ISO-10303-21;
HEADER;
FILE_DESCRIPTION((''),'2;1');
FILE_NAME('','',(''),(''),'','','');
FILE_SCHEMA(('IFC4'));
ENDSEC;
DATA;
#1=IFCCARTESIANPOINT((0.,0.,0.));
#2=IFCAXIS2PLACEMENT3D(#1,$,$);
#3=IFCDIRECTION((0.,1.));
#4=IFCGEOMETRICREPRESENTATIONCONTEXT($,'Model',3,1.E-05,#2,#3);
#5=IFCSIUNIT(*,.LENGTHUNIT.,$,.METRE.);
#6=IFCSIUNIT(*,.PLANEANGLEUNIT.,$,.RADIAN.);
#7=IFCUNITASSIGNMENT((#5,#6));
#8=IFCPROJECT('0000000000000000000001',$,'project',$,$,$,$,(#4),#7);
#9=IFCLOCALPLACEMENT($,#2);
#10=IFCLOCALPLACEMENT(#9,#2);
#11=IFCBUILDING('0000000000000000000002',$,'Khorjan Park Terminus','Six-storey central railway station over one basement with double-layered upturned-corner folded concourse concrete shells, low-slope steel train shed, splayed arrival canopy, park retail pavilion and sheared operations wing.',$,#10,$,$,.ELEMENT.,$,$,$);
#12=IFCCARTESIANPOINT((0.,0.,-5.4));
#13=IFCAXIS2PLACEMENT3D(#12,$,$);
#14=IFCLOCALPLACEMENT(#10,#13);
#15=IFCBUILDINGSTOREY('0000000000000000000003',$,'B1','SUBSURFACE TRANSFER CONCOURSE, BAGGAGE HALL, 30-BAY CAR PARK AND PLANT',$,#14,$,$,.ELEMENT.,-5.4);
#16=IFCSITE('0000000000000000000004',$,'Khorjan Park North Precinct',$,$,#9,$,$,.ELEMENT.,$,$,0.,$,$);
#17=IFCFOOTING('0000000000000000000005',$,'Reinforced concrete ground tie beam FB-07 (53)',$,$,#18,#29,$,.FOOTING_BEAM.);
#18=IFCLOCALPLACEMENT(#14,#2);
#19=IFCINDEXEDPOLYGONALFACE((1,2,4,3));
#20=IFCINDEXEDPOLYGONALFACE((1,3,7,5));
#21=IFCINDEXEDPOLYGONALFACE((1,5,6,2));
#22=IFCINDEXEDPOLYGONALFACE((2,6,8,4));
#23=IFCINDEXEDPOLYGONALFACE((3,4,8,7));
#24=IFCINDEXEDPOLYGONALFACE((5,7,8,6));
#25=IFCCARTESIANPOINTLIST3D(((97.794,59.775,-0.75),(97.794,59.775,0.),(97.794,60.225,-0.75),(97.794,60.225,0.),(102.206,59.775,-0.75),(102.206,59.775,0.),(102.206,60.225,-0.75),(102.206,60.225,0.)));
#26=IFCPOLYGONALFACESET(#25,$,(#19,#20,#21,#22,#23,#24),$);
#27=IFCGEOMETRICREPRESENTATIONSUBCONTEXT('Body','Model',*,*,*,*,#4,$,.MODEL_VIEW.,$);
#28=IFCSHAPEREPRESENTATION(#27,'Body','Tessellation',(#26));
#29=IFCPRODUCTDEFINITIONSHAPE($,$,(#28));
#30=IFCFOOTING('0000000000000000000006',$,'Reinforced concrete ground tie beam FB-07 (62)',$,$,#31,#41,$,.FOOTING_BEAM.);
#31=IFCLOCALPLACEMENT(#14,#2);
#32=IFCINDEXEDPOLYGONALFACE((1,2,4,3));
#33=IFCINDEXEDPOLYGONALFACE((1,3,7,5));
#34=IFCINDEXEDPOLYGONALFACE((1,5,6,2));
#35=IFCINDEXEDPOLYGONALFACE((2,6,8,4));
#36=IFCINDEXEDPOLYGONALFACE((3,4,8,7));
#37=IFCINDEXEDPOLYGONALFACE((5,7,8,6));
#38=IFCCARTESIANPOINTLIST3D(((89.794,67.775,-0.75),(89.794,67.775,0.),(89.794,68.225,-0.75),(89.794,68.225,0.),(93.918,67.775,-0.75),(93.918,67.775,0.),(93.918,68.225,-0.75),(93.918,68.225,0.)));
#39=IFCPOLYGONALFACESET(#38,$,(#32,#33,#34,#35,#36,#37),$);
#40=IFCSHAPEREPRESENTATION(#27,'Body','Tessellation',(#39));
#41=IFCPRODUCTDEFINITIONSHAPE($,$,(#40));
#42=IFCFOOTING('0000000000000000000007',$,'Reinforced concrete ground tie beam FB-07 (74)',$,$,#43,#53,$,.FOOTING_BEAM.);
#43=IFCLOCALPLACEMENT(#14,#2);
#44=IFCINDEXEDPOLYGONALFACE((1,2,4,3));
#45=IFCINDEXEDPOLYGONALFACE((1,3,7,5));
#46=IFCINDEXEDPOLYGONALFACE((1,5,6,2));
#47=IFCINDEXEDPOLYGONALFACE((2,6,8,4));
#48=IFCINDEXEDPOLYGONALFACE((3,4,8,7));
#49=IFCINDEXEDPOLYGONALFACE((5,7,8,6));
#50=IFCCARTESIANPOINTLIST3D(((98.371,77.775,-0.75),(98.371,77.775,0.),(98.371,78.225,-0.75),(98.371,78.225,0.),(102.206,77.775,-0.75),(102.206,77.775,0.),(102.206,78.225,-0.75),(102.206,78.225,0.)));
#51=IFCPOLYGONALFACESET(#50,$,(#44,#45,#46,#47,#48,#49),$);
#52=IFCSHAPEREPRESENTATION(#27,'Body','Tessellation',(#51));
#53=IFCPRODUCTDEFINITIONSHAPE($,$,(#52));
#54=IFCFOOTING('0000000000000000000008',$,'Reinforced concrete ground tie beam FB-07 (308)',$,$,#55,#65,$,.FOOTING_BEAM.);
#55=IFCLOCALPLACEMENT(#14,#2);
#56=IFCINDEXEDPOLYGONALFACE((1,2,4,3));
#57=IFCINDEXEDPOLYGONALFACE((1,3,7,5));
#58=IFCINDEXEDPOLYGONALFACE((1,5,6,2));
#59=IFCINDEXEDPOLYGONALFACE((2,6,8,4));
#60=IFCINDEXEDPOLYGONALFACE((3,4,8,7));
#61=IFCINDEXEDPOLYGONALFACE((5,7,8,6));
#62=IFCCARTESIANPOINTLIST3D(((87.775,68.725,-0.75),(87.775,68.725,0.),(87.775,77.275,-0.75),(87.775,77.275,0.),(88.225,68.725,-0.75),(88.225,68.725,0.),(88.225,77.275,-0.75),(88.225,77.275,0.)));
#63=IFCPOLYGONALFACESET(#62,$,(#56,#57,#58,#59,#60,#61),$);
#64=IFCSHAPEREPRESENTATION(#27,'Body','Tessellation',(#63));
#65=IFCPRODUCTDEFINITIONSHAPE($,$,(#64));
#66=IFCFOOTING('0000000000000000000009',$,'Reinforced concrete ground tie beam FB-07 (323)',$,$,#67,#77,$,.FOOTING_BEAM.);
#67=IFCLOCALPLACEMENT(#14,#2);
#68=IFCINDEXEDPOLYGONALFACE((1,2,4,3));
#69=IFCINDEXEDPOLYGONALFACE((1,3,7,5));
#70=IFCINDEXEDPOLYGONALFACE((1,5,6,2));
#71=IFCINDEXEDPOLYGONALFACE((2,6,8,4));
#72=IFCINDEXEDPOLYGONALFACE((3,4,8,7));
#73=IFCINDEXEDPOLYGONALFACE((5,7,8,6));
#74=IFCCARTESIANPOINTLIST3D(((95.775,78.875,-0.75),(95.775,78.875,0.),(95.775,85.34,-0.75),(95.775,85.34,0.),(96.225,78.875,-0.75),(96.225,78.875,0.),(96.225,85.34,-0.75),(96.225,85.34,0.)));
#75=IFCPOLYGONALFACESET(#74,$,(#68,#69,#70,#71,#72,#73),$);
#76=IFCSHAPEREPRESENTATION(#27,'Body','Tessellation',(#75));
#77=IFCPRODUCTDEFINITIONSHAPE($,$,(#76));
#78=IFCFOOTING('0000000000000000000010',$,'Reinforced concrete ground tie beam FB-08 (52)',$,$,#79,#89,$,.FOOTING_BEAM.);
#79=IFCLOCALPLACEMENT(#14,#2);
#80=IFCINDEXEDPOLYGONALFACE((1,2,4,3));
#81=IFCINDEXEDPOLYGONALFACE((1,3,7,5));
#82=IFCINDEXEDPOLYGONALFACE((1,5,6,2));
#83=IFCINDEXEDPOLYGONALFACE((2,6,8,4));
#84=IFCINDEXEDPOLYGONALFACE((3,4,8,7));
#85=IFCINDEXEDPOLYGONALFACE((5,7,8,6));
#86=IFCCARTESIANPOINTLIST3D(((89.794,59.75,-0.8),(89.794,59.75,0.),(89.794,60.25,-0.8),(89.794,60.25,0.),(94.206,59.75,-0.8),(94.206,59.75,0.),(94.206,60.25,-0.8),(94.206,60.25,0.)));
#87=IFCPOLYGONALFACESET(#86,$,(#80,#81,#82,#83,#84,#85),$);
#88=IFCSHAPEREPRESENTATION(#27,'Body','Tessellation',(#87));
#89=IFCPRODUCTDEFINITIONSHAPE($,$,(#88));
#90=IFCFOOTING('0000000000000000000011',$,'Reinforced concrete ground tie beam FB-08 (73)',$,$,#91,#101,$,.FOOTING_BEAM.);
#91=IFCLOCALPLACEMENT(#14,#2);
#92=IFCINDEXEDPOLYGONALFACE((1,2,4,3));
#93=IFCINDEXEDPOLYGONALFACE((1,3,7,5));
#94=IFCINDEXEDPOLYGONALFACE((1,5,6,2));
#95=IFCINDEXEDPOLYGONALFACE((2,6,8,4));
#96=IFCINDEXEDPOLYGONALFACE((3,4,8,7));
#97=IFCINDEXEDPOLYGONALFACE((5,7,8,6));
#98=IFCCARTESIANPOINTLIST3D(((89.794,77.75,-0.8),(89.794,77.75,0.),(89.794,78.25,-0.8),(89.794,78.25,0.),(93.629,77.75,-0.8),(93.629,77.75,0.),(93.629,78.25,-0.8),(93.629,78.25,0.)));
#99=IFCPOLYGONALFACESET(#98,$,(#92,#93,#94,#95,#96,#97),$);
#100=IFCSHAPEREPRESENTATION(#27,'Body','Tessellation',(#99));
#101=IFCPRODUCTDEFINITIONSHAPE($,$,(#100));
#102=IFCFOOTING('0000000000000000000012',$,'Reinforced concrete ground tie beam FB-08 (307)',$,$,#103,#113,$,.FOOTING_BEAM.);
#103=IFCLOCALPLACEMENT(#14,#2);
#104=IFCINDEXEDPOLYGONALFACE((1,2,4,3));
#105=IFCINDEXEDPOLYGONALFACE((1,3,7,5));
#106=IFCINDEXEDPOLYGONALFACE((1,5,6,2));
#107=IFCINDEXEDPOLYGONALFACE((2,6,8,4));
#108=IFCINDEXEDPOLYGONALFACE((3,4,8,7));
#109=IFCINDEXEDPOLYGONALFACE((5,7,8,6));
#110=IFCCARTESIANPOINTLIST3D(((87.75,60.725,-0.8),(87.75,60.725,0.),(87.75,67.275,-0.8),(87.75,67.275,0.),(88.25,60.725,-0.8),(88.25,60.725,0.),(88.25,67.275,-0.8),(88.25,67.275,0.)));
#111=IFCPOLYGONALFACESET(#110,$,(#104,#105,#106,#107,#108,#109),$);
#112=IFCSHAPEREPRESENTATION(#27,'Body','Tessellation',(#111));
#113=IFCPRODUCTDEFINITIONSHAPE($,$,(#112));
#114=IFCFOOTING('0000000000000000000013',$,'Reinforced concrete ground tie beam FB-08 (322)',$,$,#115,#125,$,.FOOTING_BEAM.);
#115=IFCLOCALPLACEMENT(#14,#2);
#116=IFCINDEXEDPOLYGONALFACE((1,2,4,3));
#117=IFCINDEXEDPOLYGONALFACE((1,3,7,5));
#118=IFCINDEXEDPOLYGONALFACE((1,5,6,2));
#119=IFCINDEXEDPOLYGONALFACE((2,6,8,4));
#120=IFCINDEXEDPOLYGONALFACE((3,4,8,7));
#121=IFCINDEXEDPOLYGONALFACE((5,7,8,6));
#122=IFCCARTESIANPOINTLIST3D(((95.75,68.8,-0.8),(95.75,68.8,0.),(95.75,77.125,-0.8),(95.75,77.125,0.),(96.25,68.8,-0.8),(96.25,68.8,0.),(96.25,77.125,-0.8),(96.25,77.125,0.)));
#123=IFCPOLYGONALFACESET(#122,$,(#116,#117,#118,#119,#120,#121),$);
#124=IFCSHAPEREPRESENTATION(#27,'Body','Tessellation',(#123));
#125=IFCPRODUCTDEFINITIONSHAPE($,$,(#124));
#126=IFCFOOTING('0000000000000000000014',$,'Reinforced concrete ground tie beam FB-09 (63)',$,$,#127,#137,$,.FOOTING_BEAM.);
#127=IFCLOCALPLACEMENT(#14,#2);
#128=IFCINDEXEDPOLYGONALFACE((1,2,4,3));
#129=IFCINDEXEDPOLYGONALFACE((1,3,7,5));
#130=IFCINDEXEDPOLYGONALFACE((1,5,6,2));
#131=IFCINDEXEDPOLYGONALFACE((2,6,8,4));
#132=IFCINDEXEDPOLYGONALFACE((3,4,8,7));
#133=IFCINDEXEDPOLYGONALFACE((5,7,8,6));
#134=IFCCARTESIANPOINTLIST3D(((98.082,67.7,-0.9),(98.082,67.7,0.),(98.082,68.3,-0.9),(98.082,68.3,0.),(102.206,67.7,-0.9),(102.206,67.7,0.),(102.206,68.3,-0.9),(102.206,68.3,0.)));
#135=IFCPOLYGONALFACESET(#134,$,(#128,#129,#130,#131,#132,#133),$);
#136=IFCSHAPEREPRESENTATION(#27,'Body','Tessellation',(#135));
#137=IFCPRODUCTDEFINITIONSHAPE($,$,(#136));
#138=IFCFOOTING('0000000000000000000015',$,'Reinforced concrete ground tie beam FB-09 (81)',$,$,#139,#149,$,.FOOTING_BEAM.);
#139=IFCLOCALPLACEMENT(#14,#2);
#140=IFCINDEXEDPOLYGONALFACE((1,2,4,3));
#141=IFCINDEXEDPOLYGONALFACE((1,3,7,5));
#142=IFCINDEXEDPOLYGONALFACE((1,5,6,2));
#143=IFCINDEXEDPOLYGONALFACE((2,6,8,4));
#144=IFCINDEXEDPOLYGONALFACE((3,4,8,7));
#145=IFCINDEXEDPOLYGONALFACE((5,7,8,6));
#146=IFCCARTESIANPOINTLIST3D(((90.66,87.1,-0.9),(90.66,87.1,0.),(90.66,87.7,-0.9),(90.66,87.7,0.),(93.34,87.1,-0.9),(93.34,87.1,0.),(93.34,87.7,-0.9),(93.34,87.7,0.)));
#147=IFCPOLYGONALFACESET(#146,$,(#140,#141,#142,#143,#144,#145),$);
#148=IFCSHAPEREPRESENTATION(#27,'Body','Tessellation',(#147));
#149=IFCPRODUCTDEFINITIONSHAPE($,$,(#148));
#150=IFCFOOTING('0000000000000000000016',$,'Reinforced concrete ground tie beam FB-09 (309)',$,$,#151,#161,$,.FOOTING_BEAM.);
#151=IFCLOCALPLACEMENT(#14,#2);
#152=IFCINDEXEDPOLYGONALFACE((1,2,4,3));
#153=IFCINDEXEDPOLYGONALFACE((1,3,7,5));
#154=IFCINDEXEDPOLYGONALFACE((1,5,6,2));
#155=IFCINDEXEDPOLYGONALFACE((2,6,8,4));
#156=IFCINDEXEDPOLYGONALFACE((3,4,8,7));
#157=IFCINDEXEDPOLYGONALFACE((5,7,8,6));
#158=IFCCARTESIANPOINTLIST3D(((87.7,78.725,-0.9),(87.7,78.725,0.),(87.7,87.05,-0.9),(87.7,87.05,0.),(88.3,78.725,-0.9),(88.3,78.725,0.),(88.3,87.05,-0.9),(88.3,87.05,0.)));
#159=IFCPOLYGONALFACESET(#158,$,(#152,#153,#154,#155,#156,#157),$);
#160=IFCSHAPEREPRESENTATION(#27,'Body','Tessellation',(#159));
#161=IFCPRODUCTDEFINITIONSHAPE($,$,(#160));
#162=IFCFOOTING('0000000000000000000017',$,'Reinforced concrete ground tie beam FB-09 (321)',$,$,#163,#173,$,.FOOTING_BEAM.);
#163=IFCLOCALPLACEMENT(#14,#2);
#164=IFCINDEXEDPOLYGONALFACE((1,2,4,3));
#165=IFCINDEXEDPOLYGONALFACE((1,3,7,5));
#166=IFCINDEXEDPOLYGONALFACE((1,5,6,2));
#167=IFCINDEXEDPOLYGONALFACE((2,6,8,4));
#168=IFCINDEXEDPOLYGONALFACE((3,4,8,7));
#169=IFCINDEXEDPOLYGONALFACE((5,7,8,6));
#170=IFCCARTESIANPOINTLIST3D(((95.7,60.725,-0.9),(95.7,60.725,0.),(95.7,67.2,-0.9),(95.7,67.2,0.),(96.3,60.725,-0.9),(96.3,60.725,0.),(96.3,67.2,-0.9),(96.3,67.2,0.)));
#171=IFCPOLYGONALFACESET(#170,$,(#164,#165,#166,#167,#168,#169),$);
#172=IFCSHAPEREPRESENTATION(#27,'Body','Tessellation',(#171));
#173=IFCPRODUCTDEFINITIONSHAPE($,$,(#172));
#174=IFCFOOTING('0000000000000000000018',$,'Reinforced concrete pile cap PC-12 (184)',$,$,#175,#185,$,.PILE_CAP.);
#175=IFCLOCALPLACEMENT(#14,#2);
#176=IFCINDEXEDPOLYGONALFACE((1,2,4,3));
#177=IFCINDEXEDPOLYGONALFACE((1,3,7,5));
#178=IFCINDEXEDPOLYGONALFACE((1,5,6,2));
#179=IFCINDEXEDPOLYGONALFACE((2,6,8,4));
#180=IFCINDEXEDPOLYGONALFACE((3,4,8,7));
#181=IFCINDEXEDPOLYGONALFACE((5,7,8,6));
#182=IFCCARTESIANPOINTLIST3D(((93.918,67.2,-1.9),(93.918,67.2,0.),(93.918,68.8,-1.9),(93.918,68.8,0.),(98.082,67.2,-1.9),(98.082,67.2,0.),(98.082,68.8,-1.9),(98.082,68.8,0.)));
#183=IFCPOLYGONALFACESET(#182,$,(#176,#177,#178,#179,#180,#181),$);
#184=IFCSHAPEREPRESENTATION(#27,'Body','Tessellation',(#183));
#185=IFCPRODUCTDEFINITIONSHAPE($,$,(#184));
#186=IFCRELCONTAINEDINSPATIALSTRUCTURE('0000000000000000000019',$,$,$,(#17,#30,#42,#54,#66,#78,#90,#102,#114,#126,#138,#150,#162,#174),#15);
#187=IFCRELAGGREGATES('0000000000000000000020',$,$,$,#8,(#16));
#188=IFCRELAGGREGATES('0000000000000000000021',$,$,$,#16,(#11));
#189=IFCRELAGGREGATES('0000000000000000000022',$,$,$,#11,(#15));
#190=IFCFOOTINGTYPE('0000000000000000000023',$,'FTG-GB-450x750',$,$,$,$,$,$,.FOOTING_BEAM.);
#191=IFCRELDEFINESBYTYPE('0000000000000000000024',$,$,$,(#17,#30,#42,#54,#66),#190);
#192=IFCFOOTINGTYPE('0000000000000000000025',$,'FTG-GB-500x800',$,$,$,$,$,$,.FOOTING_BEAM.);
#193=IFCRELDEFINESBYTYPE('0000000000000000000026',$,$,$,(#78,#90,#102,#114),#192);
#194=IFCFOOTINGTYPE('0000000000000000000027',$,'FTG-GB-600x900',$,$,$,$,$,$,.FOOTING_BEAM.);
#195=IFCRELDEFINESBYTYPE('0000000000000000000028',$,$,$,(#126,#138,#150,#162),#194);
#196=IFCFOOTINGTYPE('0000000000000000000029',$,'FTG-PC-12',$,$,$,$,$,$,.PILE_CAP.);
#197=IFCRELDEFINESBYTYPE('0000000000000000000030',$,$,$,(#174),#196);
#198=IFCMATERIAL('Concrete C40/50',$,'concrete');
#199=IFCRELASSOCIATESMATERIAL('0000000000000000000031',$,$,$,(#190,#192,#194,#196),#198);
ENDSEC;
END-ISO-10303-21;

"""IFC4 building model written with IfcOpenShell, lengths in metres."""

from ifc_helpers import new_model, si_unit, direction, frame, origin, origin_2d, place, context, subcontext, project, spatial, rectangle, extrude, material, material_profile, profile_set, type_object, element, save


model = new_model("IFC4")

# Units and contexts
model_context = context("Model", 3, precision=1e-05, world=origin(), true_north=direction((0.0, 1.0)))
body_context = subcontext(model_context, "Body", "Model", "MODEL_VIEW")
ifc_project = project(units=[si_unit("LENGTHUNIT", "METRE"), si_unit("PLANEANGLEUNIT", "RADIAN")], contexts=[model_context])

# Site, building, storey
site_placement = place(None, origin())
site = spatial("IfcSite", under=ifc_project, at=site_placement, Name="Khorjan Park North Precinct", CompositionType="ELEMENT", RefElevation=0.0)
building_placement = place(site_placement, origin())
building = spatial("IfcBuilding", under=site, at=building_placement, Name="Khorjan Park Terminus", Description="Six-storey central railway station over one basement with double-layered upturned-corner folded concourse concrete shells, low-slope steel train shed, splayed arrival canopy, park retail pavilion and sheared operations wing.", CompositionType="ELEMENT")
storey_placement = place(building_placement, frame((0.0, 0.0, -5.4)))
storey = spatial("IfcBuildingStorey", under=building, at=storey_placement, Name="B1", Description="SUBSURFACE TRANSFER CONCOURSE, BAGGAGE HALL, 30-BAY CAR PARK AND PLANT", CompositionType="ELEMENT", Elevation=-5.4)

# Footings
ifc_material_1 = material(Name="Concrete C40/50", Category="concrete")
ifc_material_profile_1 = material_profile(ifc_material_1, rectangle(XDim=0.45, YDim=0.75, at=origin_2d()), Name="RC 450x750")
ifc_profile_set_1 = profile_set([ifc_material_profile_1], Name="Concrete C40/50")
footing_type_1 = type_object("IfcFootingType", Name="FTG-GB-450x750", PredefinedType="FOOTING_BEAM", material=ifc_profile_set_1)
footing_1_placement = place(storey_placement, frame((97.794, 60.0, -0.375), z_axis=(1.0, 0.0, 0.0), x_axis=(0.0, 1.0, 0.0)))
element("IfcFooting", 1, at=footing_1_placement, inside=storey, type_object=footing_type_1, Name="Reinforced concrete ground tie beam FB-07 (53)", PredefinedType="FOOTING_BEAM", context=body_context, shape_type="SweptSolid", body=[
    extrude(rectangle(XDim=0.45, YDim=0.75, at=origin_2d()), origin(), (0.0, 0.0, 1.0), 4.412),
])
footing_2_placement = place(storey_placement, frame((89.794, 68.0, -0.375), z_axis=(1.0, 0.0, 0.0), x_axis=(0.0, 1.0, 0.0)))
element("IfcFooting", 2, at=footing_2_placement, inside=storey, type_object=footing_type_1, Name="Reinforced concrete ground tie beam FB-07 (62)", PredefinedType="FOOTING_BEAM", context=body_context, shape_type="SweptSolid", body=[
    extrude(rectangle(XDim=0.45, YDim=0.75, at=origin_2d()), origin(), (0.0, 0.0, 1.0), 4.124),
])
footing_3_placement = place(storey_placement, frame((98.371, 78.0, -0.375), z_axis=(1.0, 0.0, 0.0), x_axis=(0.0, 1.0, 0.0)))
element("IfcFooting", 3, at=footing_3_placement, inside=storey, type_object=footing_type_1, Name="Reinforced concrete ground tie beam FB-07 (74)", PredefinedType="FOOTING_BEAM", context=body_context, shape_type="SweptSolid", body=[
    extrude(rectangle(XDim=0.45, YDim=0.75, at=origin_2d()), origin(), (0.0, 0.0, 1.0), 3.835),
])
footing_4_placement = place(storey_placement, frame((88.0, 68.725, -0.375), z_axis=(0.0, 1.0, 0.0), x_axis=(-1.0, 0.0, 0.0)))
element("IfcFooting", 4, at=footing_4_placement, inside=storey, type_object=footing_type_1, Name="Reinforced concrete ground tie beam FB-07 (308)", PredefinedType="FOOTING_BEAM", context=body_context, shape_type="SweptSolid", body=[
    extrude(rectangle(XDim=0.45, YDim=0.75, at=origin_2d()), origin(), (0.0, 0.0, 1.0), 8.55),
])
footing_5_placement = place(storey_placement, frame((96.0, 78.875, -0.375), z_axis=(0.0, 1.0, 0.0), x_axis=(-1.0, 0.0, 0.0)))
element("IfcFooting", 5, at=footing_5_placement, inside=storey, type_object=footing_type_1, Name="Reinforced concrete ground tie beam FB-07 (323)", PredefinedType="FOOTING_BEAM", context=body_context, shape_type="SweptSolid", body=[
    extrude(rectangle(XDim=0.45, YDim=0.75, at=origin_2d()), origin(), (0.0, 0.0, 1.0), 6.465),
])
ifc_material_profile_2 = material_profile(ifc_material_1, rectangle(XDim=0.5, YDim=0.8, at=origin_2d()), Name="RC 500x800")
ifc_profile_set_2 = profile_set([ifc_material_profile_2], Name="Concrete C40/50")
footing_type_2 = type_object("IfcFootingType", Name="FTG-GB-500x800", PredefinedType="FOOTING_BEAM", material=ifc_profile_set_2)
footing_6_placement = place(storey_placement, frame((89.794, 60.0, -0.4), z_axis=(1.0, 0.0, 0.0), x_axis=(0.0, 1.0, 0.0)))
element("IfcFooting", 6, at=footing_6_placement, inside=storey, type_object=footing_type_2, Name="Reinforced concrete ground tie beam FB-08 (52)", PredefinedType="FOOTING_BEAM", context=body_context, shape_type="SweptSolid", body=[
    extrude(rectangle(XDim=0.5, YDim=0.8, at=origin_2d()), origin(), (0.0, 0.0, 1.0), 4.412),
])
footing_7_placement = place(storey_placement, frame((89.794, 78.0, -0.4), z_axis=(1.0, 0.0, 0.0), x_axis=(0.0, 1.0, 0.0)))
element("IfcFooting", 7, at=footing_7_placement, inside=storey, type_object=footing_type_2, Name="Reinforced concrete ground tie beam FB-08 (73)", PredefinedType="FOOTING_BEAM", context=body_context, shape_type="SweptSolid", body=[
    extrude(rectangle(XDim=0.5, YDim=0.8, at=origin_2d()), origin(), (0.0, 0.0, 1.0), 3.835),
])
footing_8_placement = place(storey_placement, frame((88.0, 60.725, -0.4), z_axis=(0.0, 1.0, 0.0), x_axis=(-1.0, 0.0, 0.0)))
element("IfcFooting", 8, at=footing_8_placement, inside=storey, type_object=footing_type_2, Name="Reinforced concrete ground tie beam FB-08 (307)", PredefinedType="FOOTING_BEAM", context=body_context, shape_type="SweptSolid", body=[
    extrude(rectangle(XDim=0.5, YDim=0.8, at=origin_2d()), origin(), (0.0, 0.0, 1.0), 6.55),
])
footing_9_placement = place(storey_placement, frame((96.0, 68.8, -0.4), z_axis=(0.0, 1.0, 0.0), x_axis=(-1.0, 0.0, 0.0)))
element("IfcFooting", 9, at=footing_9_placement, inside=storey, type_object=footing_type_2, Name="Reinforced concrete ground tie beam FB-08 (322)", PredefinedType="FOOTING_BEAM", context=body_context, shape_type="SweptSolid", body=[
    extrude(rectangle(XDim=0.5, YDim=0.8, at=origin_2d()), origin(), (0.0, 0.0, 1.0), 8.325),
])
ifc_material_profile_3 = material_profile(ifc_material_1, rectangle(XDim=0.6, YDim=0.9, at=origin_2d()), Name="RC 600x900")
ifc_profile_set_3 = profile_set([ifc_material_profile_3], Name="Concrete C40/50")
footing_type_3 = type_object("IfcFootingType", Name="FTG-GB-600x900", PredefinedType="FOOTING_BEAM", material=ifc_profile_set_3)
footing_10_placement = place(storey_placement, frame((98.082, 68.0, -0.45), z_axis=(1.0, 0.0, 0.0), x_axis=(0.0, 1.0, 0.0)))
element("IfcFooting", 10, at=footing_10_placement, inside=storey, type_object=footing_type_3, Name="Reinforced concrete ground tie beam FB-09 (63)", PredefinedType="FOOTING_BEAM", context=body_context, shape_type="SweptSolid", body=[
    extrude(rectangle(XDim=0.6, YDim=0.9, at=origin_2d()), origin(), (0.0, 0.0, 1.0), 4.124),
])
footing_11_placement = place(storey_placement, frame((90.66, 87.4, -0.45), z_axis=(1.0, 0.0, 0.0), x_axis=(0.0, 1.0, 0.0)))
element("IfcFooting", 11, at=footing_11_placement, inside=storey, type_object=footing_type_3, Name="Reinforced concrete ground tie beam FB-09 (81)", PredefinedType="FOOTING_BEAM", context=body_context, shape_type="SweptSolid", body=[
    extrude(rectangle(XDim=0.6, YDim=0.9, at=origin_2d()), origin(), (0.0, 0.0, 1.0), 2.68),
])
footing_12_placement = place(storey_placement, frame((88.0, 78.725, -0.45), z_axis=(0.0, 1.0, 0.0), x_axis=(-1.0, 0.0, 0.0)))
element("IfcFooting", 12, at=footing_12_placement, inside=storey, type_object=footing_type_3, Name="Reinforced concrete ground tie beam FB-09 (309)", PredefinedType="FOOTING_BEAM", context=body_context, shape_type="SweptSolid", body=[
    extrude(rectangle(XDim=0.6, YDim=0.9, at=origin_2d()), origin(), (0.0, 0.0, 1.0), 8.325),
])
footing_13_placement = place(storey_placement, frame((96.0, 60.725, -0.45), z_axis=(0.0, 1.0, 0.0), x_axis=(-1.0, 0.0, 0.0)))
element("IfcFooting", 13, at=footing_13_placement, inside=storey, type_object=footing_type_3, Name="Reinforced concrete ground tie beam FB-09 (321)", PredefinedType="FOOTING_BEAM", context=body_context, shape_type="SweptSolid", body=[
    extrude(rectangle(XDim=0.6, YDim=0.9, at=origin_2d()), origin(), (0.0, 0.0, 1.0), 6.475),
])
footing_type_4 = type_object("IfcFootingType", Name="FTG-PC-12", PredefinedType="PILE_CAP", material=ifc_material_1)
footing_14_placement = place(storey_placement, frame((96.0, 68.0, -1.9), z_axis=(0.0, 0.0, 1.0), x_axis=(1.0, 0.0, 0.0)))
element("IfcFooting", 14, at=footing_14_placement, inside=storey, type_object=footing_type_4, Name="Reinforced concrete pile cap PC-12 (184)", PredefinedType="PILE_CAP", context=body_context, shape_type="SweptSolid", body=[
    extrude(rectangle(XDim=4.164, YDim=1.6, at=origin_2d()), origin(), (0.0, 0.0, 1.0), 1.9),
])

save(model, "model.ifc")
